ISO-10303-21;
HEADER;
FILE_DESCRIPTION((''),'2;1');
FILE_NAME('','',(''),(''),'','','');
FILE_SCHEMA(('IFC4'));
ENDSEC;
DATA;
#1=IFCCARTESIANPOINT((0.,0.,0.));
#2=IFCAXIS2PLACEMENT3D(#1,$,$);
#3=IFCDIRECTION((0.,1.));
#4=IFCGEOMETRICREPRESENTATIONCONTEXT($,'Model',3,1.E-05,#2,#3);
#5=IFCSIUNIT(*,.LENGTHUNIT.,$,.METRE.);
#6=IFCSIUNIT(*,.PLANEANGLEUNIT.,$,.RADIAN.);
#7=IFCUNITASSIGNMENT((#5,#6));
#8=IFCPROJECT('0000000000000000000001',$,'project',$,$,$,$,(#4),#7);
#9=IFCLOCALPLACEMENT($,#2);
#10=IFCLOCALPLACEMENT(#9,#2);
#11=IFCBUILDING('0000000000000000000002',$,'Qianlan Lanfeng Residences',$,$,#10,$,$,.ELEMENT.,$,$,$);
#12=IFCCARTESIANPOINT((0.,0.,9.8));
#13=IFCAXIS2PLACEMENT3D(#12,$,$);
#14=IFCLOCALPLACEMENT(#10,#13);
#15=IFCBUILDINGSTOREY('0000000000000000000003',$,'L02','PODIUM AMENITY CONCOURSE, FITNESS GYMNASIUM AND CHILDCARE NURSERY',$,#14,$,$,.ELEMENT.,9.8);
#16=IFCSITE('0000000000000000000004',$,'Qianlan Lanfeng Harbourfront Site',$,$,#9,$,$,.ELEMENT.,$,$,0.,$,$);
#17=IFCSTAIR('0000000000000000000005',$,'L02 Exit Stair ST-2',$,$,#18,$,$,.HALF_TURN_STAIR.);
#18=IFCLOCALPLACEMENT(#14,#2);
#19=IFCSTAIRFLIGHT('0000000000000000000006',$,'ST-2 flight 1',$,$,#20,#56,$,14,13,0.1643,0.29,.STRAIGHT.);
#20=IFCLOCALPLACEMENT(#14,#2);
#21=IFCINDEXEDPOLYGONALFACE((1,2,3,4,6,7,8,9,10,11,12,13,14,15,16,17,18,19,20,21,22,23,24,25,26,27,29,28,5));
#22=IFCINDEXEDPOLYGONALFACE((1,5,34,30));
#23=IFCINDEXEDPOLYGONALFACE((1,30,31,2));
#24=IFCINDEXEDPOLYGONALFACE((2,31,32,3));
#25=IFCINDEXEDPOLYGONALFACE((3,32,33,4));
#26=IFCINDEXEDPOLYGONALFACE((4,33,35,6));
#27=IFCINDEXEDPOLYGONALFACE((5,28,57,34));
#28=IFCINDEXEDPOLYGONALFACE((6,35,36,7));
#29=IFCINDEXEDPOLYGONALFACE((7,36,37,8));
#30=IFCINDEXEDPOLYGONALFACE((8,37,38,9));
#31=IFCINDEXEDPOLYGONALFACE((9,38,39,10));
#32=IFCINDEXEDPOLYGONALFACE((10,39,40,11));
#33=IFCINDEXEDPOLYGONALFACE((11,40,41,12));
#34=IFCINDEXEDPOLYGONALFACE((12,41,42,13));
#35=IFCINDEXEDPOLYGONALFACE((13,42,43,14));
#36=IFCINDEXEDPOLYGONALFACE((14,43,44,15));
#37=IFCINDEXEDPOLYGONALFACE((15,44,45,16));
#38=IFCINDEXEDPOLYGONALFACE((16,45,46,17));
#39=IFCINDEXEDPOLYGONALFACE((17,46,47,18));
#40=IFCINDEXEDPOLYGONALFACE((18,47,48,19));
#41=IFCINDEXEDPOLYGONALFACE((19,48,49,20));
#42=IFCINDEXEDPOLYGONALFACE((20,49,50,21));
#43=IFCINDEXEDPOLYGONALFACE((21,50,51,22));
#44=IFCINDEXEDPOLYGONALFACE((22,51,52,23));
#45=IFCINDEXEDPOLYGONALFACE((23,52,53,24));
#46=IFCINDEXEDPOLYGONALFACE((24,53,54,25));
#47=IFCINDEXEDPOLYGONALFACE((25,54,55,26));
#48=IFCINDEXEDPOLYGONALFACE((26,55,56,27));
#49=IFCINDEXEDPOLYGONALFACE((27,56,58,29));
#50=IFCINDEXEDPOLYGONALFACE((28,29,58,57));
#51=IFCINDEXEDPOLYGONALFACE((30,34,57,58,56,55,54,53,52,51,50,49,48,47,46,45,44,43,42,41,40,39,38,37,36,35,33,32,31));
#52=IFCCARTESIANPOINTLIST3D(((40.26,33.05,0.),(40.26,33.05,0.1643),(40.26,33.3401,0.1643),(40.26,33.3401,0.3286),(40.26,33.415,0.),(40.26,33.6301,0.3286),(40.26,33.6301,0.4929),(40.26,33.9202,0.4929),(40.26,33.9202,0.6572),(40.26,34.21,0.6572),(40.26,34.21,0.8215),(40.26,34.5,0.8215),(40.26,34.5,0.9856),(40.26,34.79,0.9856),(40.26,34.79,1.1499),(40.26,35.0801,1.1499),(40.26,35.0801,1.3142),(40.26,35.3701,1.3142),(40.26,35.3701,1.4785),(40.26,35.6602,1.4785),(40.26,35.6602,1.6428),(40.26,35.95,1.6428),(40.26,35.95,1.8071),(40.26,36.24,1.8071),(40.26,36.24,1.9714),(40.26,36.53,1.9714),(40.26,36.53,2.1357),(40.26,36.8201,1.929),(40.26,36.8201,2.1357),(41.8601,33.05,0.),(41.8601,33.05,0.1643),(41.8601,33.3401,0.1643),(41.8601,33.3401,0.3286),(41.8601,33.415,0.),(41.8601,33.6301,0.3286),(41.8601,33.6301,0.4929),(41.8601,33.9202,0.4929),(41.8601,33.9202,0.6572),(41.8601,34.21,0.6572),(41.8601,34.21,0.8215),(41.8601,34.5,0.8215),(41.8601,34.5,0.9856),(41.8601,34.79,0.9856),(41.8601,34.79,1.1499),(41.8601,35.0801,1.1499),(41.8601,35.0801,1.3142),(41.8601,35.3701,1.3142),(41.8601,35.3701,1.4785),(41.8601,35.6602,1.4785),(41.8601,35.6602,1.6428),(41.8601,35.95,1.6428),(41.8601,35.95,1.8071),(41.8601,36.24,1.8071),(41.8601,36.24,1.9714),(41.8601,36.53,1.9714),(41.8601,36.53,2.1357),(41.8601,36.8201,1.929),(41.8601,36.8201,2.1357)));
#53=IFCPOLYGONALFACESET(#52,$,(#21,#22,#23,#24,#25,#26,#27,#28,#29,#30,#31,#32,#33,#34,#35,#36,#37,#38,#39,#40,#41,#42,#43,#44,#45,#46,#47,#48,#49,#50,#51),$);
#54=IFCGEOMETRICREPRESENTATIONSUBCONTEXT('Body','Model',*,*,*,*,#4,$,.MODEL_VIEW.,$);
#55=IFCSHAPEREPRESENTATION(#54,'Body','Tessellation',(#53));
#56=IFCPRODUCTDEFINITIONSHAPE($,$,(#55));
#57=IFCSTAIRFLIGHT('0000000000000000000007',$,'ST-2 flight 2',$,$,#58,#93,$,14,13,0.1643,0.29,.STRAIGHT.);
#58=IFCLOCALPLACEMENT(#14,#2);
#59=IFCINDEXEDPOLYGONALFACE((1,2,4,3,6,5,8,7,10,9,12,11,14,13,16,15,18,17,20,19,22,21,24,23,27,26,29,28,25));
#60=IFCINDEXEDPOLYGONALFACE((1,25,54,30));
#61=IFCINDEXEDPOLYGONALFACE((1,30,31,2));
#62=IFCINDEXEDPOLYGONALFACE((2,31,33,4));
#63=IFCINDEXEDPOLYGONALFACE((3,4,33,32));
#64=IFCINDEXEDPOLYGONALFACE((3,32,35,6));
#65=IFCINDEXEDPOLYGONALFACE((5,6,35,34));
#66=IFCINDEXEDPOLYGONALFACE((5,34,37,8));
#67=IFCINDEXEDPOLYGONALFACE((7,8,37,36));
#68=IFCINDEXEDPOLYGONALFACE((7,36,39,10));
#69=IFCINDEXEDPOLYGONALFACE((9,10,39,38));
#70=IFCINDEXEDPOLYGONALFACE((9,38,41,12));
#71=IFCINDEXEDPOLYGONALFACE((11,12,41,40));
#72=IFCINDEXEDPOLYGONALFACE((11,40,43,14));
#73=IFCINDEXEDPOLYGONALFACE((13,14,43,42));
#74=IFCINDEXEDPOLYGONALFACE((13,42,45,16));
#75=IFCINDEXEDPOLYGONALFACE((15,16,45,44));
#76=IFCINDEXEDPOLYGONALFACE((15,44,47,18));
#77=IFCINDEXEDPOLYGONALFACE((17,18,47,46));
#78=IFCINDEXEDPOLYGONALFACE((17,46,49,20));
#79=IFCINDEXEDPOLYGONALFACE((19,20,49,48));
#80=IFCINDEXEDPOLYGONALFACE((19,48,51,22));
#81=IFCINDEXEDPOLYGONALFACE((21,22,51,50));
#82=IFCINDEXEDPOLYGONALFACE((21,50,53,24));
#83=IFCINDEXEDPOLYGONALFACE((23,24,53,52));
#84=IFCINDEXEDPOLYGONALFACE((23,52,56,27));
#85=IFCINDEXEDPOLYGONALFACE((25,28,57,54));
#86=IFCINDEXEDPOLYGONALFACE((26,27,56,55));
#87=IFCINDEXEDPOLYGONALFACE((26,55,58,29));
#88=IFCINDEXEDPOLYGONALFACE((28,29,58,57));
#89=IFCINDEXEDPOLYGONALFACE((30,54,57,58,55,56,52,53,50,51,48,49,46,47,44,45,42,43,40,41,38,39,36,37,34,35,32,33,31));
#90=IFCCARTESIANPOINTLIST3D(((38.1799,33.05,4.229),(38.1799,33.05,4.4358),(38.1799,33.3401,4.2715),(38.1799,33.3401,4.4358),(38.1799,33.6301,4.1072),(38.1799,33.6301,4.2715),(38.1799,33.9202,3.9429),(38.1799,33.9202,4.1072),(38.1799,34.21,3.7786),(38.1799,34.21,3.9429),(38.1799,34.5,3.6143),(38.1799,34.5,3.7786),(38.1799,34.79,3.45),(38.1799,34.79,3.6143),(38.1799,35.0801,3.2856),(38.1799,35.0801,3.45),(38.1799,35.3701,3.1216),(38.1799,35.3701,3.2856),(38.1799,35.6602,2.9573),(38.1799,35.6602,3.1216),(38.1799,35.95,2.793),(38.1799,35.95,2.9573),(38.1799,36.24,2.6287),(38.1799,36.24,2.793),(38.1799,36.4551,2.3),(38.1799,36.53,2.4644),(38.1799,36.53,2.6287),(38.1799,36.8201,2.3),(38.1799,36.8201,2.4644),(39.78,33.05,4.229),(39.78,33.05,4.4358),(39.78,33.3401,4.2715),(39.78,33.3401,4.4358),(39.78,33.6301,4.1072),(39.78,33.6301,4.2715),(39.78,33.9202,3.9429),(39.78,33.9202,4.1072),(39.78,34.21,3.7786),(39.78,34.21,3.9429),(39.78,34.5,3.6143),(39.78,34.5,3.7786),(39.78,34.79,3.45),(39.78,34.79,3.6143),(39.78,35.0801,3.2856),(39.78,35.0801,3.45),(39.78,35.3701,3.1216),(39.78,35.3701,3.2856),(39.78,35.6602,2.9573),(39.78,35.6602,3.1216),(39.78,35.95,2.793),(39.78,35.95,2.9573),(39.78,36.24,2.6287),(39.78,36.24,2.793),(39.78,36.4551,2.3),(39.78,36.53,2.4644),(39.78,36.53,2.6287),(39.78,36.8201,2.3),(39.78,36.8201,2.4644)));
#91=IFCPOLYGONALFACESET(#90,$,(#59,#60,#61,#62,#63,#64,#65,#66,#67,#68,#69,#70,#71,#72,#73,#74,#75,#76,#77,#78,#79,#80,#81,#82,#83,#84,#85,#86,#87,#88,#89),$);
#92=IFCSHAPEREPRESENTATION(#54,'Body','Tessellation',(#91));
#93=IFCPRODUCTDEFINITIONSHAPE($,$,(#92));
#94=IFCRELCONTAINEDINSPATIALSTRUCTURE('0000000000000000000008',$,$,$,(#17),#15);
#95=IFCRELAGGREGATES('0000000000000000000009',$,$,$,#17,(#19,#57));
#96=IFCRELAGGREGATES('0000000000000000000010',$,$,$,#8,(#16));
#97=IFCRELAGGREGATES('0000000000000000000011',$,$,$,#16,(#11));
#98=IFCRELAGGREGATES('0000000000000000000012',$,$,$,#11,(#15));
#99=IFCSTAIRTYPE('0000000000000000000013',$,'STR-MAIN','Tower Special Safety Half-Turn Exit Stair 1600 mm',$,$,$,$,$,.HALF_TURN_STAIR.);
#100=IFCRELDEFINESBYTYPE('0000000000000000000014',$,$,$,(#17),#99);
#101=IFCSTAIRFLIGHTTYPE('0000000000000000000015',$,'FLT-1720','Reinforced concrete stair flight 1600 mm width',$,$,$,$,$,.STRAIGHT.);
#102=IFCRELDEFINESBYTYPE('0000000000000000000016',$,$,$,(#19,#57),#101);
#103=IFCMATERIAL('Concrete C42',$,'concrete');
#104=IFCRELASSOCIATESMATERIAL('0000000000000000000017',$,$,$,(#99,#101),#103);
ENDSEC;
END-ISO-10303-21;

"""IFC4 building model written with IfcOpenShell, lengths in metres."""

from ifc_helpers import new_model, si_unit, direction, frame, origin, place, context, subcontext, project, spatial, polyline, outline, extrude, material, type_object, element, aggregate, save


model = new_model("IFC4")

# Units and contexts
model_context = context("Model", 3, precision=1e-05, world=origin(), true_north=direction((0.0, 1.0)))
body_context = subcontext(model_context, "Body", "Model", "MODEL_VIEW")
ifc_project = project(units=[si_unit("LENGTHUNIT", "METRE"), si_unit("PLANEANGLEUNIT", "RADIAN")], contexts=[model_context])

# Site, building, storey
site_placement = place(None, origin())
site = spatial("IfcSite", under=ifc_project, at=site_placement, Name="Qianlan Lanfeng Harbourfront Site", CompositionType="ELEMENT", RefElevation=0.0)
building_placement = place(site_placement, origin())
building = spatial("IfcBuilding", under=site, at=building_placement, Name="Qianlan Lanfeng Residences", CompositionType="ELEMENT")
storey_placement = place(building_placement, frame((0.0, 0.0, 9.8)))
storey = spatial("IfcBuildingStorey", under=building, at=storey_placement, Name="L02", Description="PODIUM AMENITY CONCOURSE, FITNESS GYMNASIUM AND CHILDCARE NURSERY", CompositionType="ELEMENT", Elevation=9.8)

# Stair, stair flights
ifc_material_1 = material(Name="Concrete C42", Category="concrete")
stair_type = type_object("IfcStairType", Name="STR-MAIN", Description="Tower Special Safety Half-Turn Exit Stair 1600 mm", PredefinedType="HALF_TURN_STAIR", material=ifc_material_1)
stair_placement = place(storey_placement, origin())
stair = element("IfcStair", 1, at=stair_placement, inside=storey, type_object=stair_type, Name="L02 Exit Stair ST-2", PredefinedType="HALF_TURN_STAIR")
stair_flight_type = type_object("IfcStairFlightType", Name="FLT-1720", Description="Reinforced concrete stair flight 1600 mm width", PredefinedType="STRAIGHT", material=ifc_material_1)
stair_flight_1_placement = place(storey_placement, frame((41.0601, 33.05, 0.0), z_axis=(0.0, 0.0, 1.0), x_axis=(0.0, 1.0, 0.0)))
stair_flight_1 = element("IfcStairFlight", 2, at=stair_flight_1_placement, type_object=stair_flight_type, Name="ST-2 flight 1", NumberOfRisers=14, NumberOfTreads=13, PredefinedType="STRAIGHT", RiserHeight=0.1643, TreadLength=0.29, context=body_context, shape_type="SweptSolid", body=[
    extrude(outline(polyline([(0.0, 0.0), (0.0, 0.1643), (0.29, 0.1643), (0.29, 0.3286), (0.5801, 0.3286), (0.5801, 0.4929), (0.8701, 0.4929), (0.8701, 0.6572), (1.1599, 0.6572), (1.1599, 0.8215), (1.45, 0.8215), (1.45, 0.9856), (1.74, 0.9856), (1.74, 1.1499), (2.03, 1.1499), (2.03, 1.3142), (2.3201, 1.3142), (2.3201, 1.4785), (2.6101, 1.4785), (2.6101, 1.6428), (2.8999, 1.6428), (2.8999, 1.8071), (3.1899, 1.8071), (3.1899, 1.9714), (3.48, 1.9714), (3.48, 2.1357), (3.77, 2.1357), (3.77, 2.3), (3.77, 1.929), (0.365, 0.0), (0.0, 0.0)])), frame((0.0, 0.8, 0.0), z_axis=(0.0, -1.0, 0.0), x_axis=(1.0, 0.0, 0.0)), (0.0, 0.0, 1.0), 1.6001),
])
stair_flight_2_placement = place(storey_placement, frame((38.98, 36.8201, 2.3), z_axis=(0.0, 0.0, 1.0), x_axis=(0.0, -1.0, 0.0)))
stair_flight_2 = element("IfcStairFlight", 3, at=stair_flight_2_placement, type_object=stair_flight_type, Name="ST-2 flight 2", NumberOfRisers=14, NumberOfTreads=13, PredefinedType="STRAIGHT", RiserHeight=0.1643, TreadLength=0.29, context=body_context, shape_type="SweptSolid", body=[
    extrude(outline(polyline([(0.0, 0.0), (0.0, 0.1643), (0.29, 0.1643), (0.29, 0.3286), (0.5801, 0.3286), (0.5801, 0.4929), (0.8701, 0.4929), (0.8701, 0.6572), (1.1599, 0.6572), (1.1599, 0.8215), (1.45, 0.8215), (1.45, 0.9856), (1.74, 0.9856), (1.74, 1.1499), (2.03, 1.1499), (2.03, 1.3142), (2.3201, 1.3142), (2.3201, 1.4785), (2.6101, 1.4785), (2.6101, 1.6428), (2.8999, 1.6428), (2.8999, 1.8071), (3.1899, 1.8071), (3.1899, 1.9714), (3.48, 1.9714), (3.48, 2.1357), (3.77, 2.1357), (3.77, 2.3), (3.77, 1.929), (0.365, 0.0), (0.0, 0.0)])), frame((0.0, 0.8, 0.0), z_axis=(0.0, -1.0, 0.0), x_axis=(1.0, 0.0, 0.0)), (0.0, 0.0, 1.0), 1.6001),
])
aggregate(stair, [stair_flight_1, stair_flight_2])

save(model, "model.ifc")
